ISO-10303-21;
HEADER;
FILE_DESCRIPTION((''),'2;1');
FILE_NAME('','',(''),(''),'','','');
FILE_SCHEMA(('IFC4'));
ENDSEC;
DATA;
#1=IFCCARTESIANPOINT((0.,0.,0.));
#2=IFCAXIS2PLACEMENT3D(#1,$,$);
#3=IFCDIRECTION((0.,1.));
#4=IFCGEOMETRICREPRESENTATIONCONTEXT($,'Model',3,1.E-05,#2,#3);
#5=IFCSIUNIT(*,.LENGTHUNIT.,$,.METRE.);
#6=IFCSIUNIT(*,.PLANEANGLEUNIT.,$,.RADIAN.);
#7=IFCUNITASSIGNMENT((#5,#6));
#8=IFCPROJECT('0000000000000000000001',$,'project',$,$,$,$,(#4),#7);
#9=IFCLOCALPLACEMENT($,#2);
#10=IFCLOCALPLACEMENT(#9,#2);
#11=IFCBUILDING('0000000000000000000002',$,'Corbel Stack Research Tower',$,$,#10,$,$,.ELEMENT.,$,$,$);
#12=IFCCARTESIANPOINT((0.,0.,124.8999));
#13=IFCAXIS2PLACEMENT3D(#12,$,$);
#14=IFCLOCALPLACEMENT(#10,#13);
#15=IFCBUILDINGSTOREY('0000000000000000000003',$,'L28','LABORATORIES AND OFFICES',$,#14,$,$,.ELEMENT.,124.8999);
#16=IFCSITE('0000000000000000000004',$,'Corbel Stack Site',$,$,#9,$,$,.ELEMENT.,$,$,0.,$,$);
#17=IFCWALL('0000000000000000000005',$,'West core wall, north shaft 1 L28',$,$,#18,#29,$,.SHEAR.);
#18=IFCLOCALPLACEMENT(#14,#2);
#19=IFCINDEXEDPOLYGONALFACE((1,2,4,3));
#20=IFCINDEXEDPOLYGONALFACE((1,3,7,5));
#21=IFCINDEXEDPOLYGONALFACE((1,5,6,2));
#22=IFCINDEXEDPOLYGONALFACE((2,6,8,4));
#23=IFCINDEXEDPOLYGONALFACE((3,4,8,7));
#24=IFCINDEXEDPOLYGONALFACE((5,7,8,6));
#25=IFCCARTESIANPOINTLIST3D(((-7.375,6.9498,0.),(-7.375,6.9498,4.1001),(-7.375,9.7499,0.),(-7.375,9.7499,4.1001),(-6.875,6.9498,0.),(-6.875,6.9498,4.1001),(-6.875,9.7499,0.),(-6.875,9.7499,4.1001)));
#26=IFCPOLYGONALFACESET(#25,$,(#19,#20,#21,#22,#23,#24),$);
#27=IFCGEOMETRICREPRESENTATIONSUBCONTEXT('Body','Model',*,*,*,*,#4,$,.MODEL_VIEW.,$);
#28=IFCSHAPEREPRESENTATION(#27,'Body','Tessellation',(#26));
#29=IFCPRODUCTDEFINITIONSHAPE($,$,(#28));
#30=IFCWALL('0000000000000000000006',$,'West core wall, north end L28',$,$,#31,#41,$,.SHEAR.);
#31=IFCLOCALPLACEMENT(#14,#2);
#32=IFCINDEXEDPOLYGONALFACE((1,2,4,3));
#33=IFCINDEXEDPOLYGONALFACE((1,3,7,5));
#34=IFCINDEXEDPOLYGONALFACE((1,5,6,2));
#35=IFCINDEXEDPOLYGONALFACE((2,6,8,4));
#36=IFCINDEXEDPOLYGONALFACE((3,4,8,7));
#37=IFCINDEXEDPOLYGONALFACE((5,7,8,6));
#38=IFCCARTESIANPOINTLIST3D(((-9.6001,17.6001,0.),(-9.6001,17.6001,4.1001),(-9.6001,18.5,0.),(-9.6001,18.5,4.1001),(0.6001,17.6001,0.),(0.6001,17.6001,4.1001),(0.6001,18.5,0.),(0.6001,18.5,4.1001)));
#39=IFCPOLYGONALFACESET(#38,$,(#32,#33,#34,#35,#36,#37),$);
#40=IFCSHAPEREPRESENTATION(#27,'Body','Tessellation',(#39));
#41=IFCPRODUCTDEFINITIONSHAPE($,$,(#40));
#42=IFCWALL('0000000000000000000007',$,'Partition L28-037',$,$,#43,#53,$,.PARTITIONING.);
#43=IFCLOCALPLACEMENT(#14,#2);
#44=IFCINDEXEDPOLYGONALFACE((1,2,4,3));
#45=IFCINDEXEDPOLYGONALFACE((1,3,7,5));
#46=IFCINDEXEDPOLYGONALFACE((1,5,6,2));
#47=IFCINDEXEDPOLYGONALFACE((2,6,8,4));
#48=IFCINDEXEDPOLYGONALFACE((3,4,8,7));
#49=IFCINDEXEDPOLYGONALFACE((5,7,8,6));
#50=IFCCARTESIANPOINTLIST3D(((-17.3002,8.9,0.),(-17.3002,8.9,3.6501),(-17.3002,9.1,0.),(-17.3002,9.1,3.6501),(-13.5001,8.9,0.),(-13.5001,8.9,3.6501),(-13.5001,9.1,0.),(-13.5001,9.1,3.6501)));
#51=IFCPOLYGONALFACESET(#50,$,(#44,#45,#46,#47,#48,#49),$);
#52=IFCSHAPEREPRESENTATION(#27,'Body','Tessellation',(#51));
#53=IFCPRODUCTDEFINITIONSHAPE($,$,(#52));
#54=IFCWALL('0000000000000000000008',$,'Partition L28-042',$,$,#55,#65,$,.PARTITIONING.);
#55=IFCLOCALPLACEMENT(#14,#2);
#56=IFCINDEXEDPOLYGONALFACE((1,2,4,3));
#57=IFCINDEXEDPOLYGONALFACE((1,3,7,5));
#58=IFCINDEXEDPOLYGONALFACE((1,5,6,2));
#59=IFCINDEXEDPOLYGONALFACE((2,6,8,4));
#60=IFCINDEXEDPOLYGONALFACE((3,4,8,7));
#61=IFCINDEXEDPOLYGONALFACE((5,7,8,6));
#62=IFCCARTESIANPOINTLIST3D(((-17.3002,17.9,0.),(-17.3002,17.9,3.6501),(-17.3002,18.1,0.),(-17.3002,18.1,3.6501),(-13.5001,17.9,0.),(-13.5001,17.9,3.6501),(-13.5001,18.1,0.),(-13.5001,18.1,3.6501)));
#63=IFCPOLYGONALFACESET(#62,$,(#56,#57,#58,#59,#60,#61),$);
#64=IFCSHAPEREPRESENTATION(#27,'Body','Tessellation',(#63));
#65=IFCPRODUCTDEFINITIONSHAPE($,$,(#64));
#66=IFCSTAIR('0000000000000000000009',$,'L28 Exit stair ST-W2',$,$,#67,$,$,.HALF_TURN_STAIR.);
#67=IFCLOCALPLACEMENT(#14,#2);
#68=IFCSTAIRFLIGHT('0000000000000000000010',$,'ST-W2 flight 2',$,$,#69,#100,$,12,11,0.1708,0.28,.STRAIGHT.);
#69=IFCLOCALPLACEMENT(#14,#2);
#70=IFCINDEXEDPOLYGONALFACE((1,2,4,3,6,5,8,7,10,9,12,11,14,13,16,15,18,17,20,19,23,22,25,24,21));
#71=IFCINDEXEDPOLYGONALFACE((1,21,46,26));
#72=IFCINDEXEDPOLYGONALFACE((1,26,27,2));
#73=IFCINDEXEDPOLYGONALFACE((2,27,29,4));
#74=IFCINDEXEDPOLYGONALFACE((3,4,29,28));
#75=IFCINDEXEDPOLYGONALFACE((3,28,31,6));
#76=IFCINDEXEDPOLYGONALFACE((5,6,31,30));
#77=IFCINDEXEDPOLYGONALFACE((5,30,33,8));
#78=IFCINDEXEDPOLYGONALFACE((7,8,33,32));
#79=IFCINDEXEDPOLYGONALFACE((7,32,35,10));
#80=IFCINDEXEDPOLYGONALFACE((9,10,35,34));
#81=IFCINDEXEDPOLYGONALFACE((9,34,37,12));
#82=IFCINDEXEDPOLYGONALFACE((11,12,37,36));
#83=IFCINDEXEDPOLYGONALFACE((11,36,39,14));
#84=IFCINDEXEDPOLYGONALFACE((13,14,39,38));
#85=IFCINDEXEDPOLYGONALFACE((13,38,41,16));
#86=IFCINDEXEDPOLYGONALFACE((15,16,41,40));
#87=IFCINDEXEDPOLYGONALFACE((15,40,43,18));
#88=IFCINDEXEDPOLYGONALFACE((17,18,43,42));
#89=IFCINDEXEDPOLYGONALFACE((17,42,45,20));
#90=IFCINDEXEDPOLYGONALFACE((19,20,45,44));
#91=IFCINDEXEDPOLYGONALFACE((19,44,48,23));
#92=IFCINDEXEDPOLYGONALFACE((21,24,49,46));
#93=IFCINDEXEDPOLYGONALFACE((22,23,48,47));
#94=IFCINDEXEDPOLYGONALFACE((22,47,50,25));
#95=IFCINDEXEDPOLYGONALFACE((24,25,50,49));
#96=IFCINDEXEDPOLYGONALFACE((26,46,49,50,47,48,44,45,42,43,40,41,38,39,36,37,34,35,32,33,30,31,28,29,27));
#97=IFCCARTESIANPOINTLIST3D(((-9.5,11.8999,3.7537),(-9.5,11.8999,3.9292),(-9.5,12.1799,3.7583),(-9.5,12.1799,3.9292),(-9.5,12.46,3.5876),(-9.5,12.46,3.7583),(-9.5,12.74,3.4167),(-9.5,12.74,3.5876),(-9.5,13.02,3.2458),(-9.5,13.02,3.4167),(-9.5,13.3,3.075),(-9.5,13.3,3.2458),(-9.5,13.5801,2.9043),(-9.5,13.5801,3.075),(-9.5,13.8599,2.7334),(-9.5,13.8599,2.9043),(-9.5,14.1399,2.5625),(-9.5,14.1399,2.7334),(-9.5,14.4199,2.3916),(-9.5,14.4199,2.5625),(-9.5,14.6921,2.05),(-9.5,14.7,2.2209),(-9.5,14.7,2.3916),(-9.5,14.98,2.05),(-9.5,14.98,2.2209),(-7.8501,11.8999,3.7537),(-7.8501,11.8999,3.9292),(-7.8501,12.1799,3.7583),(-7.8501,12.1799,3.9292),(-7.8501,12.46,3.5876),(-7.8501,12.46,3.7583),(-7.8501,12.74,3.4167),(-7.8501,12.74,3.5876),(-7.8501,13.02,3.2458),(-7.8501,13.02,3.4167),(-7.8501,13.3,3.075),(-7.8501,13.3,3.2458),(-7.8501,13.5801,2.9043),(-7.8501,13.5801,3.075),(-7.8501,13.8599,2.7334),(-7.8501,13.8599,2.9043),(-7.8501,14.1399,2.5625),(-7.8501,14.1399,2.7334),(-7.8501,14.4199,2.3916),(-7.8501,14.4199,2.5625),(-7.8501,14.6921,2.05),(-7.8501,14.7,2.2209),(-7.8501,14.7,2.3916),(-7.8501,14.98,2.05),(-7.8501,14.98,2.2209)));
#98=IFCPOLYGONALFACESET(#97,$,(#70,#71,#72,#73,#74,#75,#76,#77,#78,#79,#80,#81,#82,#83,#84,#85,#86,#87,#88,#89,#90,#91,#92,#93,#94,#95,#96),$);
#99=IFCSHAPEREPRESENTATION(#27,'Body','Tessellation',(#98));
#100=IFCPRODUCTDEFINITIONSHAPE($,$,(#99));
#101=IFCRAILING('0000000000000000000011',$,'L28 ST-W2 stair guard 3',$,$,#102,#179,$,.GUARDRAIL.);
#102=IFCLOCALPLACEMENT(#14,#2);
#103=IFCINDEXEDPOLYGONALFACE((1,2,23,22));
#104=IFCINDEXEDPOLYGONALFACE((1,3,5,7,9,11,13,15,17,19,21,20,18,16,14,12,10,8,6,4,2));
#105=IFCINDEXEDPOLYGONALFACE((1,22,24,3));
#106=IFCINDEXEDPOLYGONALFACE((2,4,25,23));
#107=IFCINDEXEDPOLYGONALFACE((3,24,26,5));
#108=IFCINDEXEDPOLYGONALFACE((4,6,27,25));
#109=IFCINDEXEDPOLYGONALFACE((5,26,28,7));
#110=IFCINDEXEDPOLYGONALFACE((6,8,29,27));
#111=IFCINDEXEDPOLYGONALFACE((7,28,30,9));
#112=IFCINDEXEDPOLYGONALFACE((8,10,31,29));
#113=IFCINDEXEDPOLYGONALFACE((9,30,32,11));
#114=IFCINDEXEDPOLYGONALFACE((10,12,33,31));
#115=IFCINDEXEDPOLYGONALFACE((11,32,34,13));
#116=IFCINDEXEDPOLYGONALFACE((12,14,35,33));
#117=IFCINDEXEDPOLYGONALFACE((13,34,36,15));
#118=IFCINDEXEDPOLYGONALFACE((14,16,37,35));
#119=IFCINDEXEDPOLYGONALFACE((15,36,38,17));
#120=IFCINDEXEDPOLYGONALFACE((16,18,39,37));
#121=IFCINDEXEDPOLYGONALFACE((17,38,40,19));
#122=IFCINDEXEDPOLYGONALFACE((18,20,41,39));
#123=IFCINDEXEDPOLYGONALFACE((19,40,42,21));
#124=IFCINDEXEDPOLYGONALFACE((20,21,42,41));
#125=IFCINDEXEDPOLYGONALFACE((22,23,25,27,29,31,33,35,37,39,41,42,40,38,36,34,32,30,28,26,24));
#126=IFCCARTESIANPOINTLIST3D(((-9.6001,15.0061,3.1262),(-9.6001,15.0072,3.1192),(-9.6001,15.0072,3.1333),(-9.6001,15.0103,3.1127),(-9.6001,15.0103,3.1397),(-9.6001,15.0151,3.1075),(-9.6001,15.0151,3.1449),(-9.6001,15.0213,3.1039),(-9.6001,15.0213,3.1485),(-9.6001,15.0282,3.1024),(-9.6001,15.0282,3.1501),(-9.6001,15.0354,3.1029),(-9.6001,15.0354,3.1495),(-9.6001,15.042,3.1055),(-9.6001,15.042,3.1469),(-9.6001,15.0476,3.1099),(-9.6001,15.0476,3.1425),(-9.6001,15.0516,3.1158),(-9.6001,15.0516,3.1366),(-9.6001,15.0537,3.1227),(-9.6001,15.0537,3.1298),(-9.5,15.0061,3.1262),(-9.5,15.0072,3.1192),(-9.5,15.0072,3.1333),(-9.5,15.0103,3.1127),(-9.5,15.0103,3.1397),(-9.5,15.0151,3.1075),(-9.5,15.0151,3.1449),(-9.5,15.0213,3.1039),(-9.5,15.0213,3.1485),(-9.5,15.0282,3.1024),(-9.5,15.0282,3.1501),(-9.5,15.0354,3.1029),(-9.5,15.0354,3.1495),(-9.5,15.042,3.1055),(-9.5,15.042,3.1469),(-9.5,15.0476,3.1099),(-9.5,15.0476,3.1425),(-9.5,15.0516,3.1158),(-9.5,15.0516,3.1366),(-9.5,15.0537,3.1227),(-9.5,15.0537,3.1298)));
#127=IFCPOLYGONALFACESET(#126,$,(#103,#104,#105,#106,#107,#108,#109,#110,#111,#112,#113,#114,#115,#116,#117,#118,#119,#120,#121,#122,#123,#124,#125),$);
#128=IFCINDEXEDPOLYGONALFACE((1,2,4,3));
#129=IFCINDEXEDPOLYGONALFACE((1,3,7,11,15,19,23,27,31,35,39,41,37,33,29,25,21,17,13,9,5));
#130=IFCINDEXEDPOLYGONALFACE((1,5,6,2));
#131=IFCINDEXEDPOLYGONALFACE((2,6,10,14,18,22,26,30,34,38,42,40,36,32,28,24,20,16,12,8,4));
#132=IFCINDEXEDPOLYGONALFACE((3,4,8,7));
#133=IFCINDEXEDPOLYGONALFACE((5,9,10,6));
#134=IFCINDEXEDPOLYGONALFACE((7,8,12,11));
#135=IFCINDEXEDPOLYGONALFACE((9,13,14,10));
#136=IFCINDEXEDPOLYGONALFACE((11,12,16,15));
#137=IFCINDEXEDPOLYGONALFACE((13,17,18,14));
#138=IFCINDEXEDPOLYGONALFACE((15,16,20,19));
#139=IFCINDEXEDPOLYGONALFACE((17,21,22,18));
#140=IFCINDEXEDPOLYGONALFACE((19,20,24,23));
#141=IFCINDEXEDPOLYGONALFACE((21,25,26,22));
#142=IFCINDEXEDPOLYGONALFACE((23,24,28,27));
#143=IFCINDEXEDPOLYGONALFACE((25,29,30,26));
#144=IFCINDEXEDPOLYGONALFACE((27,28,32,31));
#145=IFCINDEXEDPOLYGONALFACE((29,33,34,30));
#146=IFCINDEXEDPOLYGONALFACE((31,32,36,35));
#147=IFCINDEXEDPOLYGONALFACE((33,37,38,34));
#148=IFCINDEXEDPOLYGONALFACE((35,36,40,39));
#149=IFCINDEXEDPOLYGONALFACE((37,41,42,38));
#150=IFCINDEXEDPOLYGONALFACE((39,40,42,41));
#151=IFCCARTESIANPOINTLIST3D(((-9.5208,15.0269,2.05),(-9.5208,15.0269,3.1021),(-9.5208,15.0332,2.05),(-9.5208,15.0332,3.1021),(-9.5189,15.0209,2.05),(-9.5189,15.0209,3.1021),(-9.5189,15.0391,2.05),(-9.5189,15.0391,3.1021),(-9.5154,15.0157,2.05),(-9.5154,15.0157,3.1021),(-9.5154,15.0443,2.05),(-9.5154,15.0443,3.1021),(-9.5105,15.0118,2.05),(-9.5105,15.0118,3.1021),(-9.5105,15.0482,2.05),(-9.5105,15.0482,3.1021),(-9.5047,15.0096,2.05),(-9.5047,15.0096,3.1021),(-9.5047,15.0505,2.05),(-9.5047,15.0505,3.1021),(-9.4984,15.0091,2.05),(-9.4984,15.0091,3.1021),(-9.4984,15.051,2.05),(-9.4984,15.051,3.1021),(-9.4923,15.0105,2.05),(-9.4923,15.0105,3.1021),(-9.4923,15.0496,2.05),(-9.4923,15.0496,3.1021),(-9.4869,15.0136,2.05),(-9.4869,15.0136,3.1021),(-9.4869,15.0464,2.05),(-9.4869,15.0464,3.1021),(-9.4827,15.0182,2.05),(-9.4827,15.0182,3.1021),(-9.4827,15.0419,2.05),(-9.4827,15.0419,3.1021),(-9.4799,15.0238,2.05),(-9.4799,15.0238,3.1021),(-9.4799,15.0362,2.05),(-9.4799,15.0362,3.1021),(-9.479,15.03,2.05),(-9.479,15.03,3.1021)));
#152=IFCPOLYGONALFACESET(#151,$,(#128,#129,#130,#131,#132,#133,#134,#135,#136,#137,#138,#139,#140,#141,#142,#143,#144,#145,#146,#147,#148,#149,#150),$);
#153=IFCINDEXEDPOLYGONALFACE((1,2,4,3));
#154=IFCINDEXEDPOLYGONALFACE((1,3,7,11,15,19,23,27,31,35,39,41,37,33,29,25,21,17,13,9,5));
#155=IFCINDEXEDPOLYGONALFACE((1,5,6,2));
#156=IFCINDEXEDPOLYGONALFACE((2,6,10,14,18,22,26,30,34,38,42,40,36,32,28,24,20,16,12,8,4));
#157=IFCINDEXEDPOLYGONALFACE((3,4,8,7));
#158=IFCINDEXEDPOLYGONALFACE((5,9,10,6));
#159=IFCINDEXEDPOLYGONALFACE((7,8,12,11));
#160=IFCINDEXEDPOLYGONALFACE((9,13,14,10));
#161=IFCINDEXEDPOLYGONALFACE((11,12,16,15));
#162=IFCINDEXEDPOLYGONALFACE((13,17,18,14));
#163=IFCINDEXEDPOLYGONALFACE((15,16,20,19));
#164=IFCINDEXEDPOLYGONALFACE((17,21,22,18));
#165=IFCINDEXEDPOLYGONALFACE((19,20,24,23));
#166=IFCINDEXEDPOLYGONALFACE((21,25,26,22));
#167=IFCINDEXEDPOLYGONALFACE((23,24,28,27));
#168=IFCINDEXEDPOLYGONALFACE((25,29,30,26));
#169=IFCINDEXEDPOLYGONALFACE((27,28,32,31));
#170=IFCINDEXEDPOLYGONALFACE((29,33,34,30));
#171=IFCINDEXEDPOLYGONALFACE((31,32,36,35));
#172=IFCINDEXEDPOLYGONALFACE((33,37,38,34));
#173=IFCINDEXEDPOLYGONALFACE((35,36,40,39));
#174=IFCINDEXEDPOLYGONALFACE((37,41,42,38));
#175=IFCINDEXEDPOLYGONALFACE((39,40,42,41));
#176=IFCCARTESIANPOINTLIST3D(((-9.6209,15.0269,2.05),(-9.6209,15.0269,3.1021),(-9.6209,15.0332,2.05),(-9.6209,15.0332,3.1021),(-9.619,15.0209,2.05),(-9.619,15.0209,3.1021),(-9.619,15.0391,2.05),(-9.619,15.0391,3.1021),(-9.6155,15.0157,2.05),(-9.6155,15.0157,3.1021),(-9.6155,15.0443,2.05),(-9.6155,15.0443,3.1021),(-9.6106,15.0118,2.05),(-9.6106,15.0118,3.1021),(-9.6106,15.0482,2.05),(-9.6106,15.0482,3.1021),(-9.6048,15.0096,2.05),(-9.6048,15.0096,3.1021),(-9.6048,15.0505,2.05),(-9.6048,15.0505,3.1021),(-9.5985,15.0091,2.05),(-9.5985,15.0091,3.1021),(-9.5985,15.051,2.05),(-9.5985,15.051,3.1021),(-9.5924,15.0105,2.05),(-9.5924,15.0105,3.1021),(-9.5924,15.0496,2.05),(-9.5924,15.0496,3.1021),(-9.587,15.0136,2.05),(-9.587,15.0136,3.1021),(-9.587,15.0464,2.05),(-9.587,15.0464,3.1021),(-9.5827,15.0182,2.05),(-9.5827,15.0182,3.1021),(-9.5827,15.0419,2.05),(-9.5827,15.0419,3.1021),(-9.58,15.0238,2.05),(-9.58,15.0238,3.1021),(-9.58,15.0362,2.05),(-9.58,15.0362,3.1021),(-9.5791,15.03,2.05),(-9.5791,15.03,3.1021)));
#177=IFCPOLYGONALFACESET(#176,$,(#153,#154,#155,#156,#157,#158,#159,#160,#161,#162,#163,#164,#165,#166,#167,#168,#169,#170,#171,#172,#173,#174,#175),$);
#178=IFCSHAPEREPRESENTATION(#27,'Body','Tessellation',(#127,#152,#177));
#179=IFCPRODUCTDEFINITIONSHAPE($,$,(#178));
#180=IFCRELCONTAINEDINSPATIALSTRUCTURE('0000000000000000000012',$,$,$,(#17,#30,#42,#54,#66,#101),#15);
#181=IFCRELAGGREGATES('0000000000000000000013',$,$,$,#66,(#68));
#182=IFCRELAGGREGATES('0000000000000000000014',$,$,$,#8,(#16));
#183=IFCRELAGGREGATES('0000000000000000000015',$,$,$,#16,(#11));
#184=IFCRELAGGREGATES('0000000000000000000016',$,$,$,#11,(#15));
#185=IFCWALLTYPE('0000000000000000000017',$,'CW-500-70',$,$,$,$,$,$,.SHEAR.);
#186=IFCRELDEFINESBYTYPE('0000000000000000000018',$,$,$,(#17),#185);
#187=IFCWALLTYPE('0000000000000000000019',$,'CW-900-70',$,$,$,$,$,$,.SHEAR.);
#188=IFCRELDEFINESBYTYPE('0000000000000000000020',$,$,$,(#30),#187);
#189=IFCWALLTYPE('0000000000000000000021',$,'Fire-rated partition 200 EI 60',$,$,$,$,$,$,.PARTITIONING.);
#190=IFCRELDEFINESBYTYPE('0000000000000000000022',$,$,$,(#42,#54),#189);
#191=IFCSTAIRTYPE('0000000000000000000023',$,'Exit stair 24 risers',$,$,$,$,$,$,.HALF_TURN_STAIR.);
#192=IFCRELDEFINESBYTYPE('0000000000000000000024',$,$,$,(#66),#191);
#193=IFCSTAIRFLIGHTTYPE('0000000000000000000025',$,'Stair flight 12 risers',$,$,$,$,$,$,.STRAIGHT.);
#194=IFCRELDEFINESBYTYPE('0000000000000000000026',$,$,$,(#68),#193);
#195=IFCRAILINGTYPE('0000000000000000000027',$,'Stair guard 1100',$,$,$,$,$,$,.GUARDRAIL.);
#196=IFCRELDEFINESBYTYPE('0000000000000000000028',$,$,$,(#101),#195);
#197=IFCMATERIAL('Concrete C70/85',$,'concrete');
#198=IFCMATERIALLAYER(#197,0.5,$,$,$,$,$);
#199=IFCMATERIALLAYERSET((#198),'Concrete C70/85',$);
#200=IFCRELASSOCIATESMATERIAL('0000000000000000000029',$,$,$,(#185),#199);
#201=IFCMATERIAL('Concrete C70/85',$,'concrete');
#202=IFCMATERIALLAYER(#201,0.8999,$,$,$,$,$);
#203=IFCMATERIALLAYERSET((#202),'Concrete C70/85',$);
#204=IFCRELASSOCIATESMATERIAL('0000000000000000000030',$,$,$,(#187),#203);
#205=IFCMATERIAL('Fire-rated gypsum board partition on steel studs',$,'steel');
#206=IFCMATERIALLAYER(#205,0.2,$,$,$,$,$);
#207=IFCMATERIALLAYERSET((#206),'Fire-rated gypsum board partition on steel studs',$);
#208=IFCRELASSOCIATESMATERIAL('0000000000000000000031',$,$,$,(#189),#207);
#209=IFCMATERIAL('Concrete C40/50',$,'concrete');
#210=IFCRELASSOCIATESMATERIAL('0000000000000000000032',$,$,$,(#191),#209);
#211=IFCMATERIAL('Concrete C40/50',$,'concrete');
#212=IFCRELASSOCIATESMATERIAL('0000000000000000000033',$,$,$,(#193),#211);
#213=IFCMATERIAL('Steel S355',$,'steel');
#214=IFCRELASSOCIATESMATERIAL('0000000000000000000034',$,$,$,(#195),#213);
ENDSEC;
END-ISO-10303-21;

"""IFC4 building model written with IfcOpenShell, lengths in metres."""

from ifc_helpers import new_model, si_unit, direction, frame, frame_2d, origin, origin_2d, place, context, subcontext, project, spatial, polyline, rectangle, circle, outline, extrude, material, layer, layer_set, type_object, element, aggregate, save


model = new_model("IFC4")

# Units and contexts
model_context = context("Model", 3, precision=1e-05, world=origin(), true_north=direction((0.0, 1.0)))
body_context = subcontext(model_context, "Body", "Model", "MODEL_VIEW")
ifc_project = project(units=[si_unit("LENGTHUNIT", "METRE"), si_unit("PLANEANGLEUNIT", "RADIAN")], contexts=[model_context])

# Site, building, storey
site_placement = place(None, origin())
site = spatial("IfcSite", under=ifc_project, at=site_placement, Name="Corbel Stack Site", CompositionType="ELEMENT", RefElevation=0.0)
building_placement = place(site_placement, origin())
building = spatial("IfcBuilding", under=site, at=building_placement, Name="Corbel Stack Research Tower", CompositionType="ELEMENT")
storey_placement = place(building_placement, frame((0.0, 0.0, 124.8999)))
storey = spatial("IfcBuildingStorey", under=building, at=storey_placement, Name="L28", Description="LABORATORIES AND OFFICES", CompositionType="ELEMENT", Elevation=124.8999)

# Shared definitions
ifc_material_1 = material(Name="Concrete C70/85", Category="concrete")
ifc_layer_1 = layer(ifc_material_1, 0.5)
ifc_layer_set_1 = layer_set([ifc_layer_1], Name="Concrete C70/85")
wall_type_1 = type_object("IfcWallType", Name="CW-500-70", PredefinedType="SHEAR", material=ifc_layer_set_1)

# Walls
wall_1_placement = place(storey_placement, frame((-7.125, 6.95, 0.0), z_axis=(0.0, 0.0, 1.0), x_axis=(0.0, 1.0, 0.0)))
element("IfcWall", 1, at=wall_1_placement, inside=storey, type_object=wall_type_1, Name="West core wall, north shaft 1 L28", PredefinedType="SHEAR", context=body_context, shape_type="SweptSolid", body=[
    extrude(rectangle(XDim=2.8, YDim=0.5, at=frame_2d((1.3999, 0.0))), origin(), (0.0, 0.0, 1.0), 4.1001),
])
ifc_material_2 = material(Name="Concrete C70/85", Category="concrete")
ifc_layer_2 = layer(ifc_material_2, 0.8999)
ifc_layer_set_2 = layer_set([ifc_layer_2], Name="Concrete C70/85")
wall_type_2 = type_object("IfcWallType", Name="CW-900-70", PredefinedType="SHEAR", material=ifc_layer_set_2)
wall_2_placement = place(storey_placement, frame((-9.6001, 18.05, 0.0), z_axis=(0.0, 0.0, 1.0), x_axis=(1.0, 0.0, 0.0)))
element("IfcWall", 2, at=wall_2_placement, inside=storey, type_object=wall_type_2, Name="West core wall, north end L28", PredefinedType="SHEAR", context=body_context, shape_type="SweptSolid", body=[
    extrude(rectangle(XDim=10.2002, YDim=0.8999, at=frame_2d((5.1001, 0.0))), origin(), (0.0, 0.0, 1.0), 4.1001),
])
ifc_material_3 = material(Name="Fire-rated gypsum board partition on steel studs", Category="steel")
ifc_layer_3 = layer(ifc_material_3, 0.2)
ifc_layer_set_3 = layer_set([ifc_layer_3], Name="Fire-rated gypsum board partition on steel studs")
wall_type_3 = type_object("IfcWallType", Name="Fire-rated partition 200 EI 60", PredefinedType="PARTITIONING", material=ifc_layer_set_3)
for number, where, z_axis, x_axis, name in (
    (3, (-17.3, 9.0, 0.0), (0.0, 0.0, 1.0), (1.0, 0.0, 0.0), "Partition L28-037"),
    (4, (-17.3, 18.0, 0.0), (0.0, 0.0, 1.0), (1.0, 0.0, 0.0), "Partition L28-042"),
):
    element("IfcWall", number, at=place(storey_placement, frame(where, z_axis=z_axis, x_axis=x_axis)), inside=storey, type_object=wall_type_3, Name=name, PredefinedType="PARTITIONING", context=body_context, shape_type="SweptSolid", body=[
        extrude(rectangle(XDim=3.8, YDim=0.2, at=frame_2d((1.8999, 0.0))), origin(), (0.0, 0.0, 1.0), 3.6501),
    ])

# Stair, stair flight
ifc_material_4 = material(Name="Concrete C40/50", Category="concrete")
stair_type = type_object("IfcStairType", Name="Exit stair 24 risers", PredefinedType="HALF_TURN_STAIR", material=ifc_material_4)
stair_placement = place(storey_placement, origin())
stair = element("IfcStair", 5, at=stair_placement, inside=storey, type_object=stair_type, Name="L28 Exit stair ST-W2", PredefinedType="HALF_TURN_STAIR")
ifc_material_5 = material(Name="Concrete C40/50", Category="concrete")
stair_flight_type = type_object("IfcStairFlightType", Name="Stair flight 12 risers", PredefinedType="STRAIGHT", material=ifc_material_5)
stair_flight_placement = place(storey_placement, frame((-8.675, 14.98, 2.05), z_axis=(0.0, 0.0, 1.0), x_axis=(0.0, -1.0, 0.0)))
stair_flight = element("IfcStairFlight", 6, at=stair_flight_placement, type_object=stair_flight_type, Name="ST-W2 flight 2", NumberOfRisers=12, NumberOfTreads=11, PredefinedType="STRAIGHT", RiserHeight=0.1708, TreadLength=0.28, context=body_context, shape_type="SweptSolid", body=[
    extrude(outline(polyline([(0.0, 0.0), (0.0, 0.1709), (0.28, 0.1709), (0.28, 0.3416), (0.5601, 0.3416), (0.5601, 0.5125), (0.8401, 0.5125), (0.8401, 0.6833), (1.1201, 0.6833), (1.1201, 0.8542), (1.3999, 0.8542), (1.3999, 1.0249), (1.6799, 1.0249), (1.6799, 1.1958), (1.96, 1.1958), (1.96, 1.3667), (2.24, 1.3667), (2.24, 1.5376), (2.52, 1.5376), (2.52, 1.7083), (2.8, 1.7083), (2.8, 1.8792), (3.0801, 1.8792), (3.0801, 2.05), (3.0801, 1.7036), (0.2878, 0.0), (0.0, 0.0)])), frame((0.0, 0.825, 0.0), z_axis=(0.0, -1.0, 0.0), x_axis=(1.0, 0.0, 0.0)), (0.0, 0.0, 1.0), 1.6499),
])
aggregate(stair, [stair_flight])

# Railing
ifc_material_6 = material(Name="Steel S355", Category="steel")
railing_type_1 = type_object("IfcRailingType", Name="Stair guard 1100", PredefinedType="GUARDRAIL", material=ifc_material_6)
railing_1_placement = place(storey_placement, frame((-9.5, 15.03, 2.05)))
element("IfcRailing", 7, at=railing_1_placement, inside=storey, type_object=railing_type_1, Name="L28 ST-W2 stair guard 3", PredefinedType="GUARDRAIL", context=body_context, shape_type="SweptSolid", body=[
    extrude(circle(Radius=0.0239, at=origin_2d()), frame((0.0, 0.0, 1.0762), z_axis=(-1.0, 0.0, 0.0), x_axis=(0.0, -1.0, 0.0)), (0.0, 0.0, 1.0), 0.1001),
    extrude(circle(Radius=0.021, at=origin_2d()), origin(), (0.0, 0.0, 1.0), 1.052),
    extrude(circle(Radius=0.021, at=origin_2d()), frame((-0.1001, 0.0, 0.0)), (0.0, 0.0, 1.0), 1.052),
])

save(model, "model.ifc")
